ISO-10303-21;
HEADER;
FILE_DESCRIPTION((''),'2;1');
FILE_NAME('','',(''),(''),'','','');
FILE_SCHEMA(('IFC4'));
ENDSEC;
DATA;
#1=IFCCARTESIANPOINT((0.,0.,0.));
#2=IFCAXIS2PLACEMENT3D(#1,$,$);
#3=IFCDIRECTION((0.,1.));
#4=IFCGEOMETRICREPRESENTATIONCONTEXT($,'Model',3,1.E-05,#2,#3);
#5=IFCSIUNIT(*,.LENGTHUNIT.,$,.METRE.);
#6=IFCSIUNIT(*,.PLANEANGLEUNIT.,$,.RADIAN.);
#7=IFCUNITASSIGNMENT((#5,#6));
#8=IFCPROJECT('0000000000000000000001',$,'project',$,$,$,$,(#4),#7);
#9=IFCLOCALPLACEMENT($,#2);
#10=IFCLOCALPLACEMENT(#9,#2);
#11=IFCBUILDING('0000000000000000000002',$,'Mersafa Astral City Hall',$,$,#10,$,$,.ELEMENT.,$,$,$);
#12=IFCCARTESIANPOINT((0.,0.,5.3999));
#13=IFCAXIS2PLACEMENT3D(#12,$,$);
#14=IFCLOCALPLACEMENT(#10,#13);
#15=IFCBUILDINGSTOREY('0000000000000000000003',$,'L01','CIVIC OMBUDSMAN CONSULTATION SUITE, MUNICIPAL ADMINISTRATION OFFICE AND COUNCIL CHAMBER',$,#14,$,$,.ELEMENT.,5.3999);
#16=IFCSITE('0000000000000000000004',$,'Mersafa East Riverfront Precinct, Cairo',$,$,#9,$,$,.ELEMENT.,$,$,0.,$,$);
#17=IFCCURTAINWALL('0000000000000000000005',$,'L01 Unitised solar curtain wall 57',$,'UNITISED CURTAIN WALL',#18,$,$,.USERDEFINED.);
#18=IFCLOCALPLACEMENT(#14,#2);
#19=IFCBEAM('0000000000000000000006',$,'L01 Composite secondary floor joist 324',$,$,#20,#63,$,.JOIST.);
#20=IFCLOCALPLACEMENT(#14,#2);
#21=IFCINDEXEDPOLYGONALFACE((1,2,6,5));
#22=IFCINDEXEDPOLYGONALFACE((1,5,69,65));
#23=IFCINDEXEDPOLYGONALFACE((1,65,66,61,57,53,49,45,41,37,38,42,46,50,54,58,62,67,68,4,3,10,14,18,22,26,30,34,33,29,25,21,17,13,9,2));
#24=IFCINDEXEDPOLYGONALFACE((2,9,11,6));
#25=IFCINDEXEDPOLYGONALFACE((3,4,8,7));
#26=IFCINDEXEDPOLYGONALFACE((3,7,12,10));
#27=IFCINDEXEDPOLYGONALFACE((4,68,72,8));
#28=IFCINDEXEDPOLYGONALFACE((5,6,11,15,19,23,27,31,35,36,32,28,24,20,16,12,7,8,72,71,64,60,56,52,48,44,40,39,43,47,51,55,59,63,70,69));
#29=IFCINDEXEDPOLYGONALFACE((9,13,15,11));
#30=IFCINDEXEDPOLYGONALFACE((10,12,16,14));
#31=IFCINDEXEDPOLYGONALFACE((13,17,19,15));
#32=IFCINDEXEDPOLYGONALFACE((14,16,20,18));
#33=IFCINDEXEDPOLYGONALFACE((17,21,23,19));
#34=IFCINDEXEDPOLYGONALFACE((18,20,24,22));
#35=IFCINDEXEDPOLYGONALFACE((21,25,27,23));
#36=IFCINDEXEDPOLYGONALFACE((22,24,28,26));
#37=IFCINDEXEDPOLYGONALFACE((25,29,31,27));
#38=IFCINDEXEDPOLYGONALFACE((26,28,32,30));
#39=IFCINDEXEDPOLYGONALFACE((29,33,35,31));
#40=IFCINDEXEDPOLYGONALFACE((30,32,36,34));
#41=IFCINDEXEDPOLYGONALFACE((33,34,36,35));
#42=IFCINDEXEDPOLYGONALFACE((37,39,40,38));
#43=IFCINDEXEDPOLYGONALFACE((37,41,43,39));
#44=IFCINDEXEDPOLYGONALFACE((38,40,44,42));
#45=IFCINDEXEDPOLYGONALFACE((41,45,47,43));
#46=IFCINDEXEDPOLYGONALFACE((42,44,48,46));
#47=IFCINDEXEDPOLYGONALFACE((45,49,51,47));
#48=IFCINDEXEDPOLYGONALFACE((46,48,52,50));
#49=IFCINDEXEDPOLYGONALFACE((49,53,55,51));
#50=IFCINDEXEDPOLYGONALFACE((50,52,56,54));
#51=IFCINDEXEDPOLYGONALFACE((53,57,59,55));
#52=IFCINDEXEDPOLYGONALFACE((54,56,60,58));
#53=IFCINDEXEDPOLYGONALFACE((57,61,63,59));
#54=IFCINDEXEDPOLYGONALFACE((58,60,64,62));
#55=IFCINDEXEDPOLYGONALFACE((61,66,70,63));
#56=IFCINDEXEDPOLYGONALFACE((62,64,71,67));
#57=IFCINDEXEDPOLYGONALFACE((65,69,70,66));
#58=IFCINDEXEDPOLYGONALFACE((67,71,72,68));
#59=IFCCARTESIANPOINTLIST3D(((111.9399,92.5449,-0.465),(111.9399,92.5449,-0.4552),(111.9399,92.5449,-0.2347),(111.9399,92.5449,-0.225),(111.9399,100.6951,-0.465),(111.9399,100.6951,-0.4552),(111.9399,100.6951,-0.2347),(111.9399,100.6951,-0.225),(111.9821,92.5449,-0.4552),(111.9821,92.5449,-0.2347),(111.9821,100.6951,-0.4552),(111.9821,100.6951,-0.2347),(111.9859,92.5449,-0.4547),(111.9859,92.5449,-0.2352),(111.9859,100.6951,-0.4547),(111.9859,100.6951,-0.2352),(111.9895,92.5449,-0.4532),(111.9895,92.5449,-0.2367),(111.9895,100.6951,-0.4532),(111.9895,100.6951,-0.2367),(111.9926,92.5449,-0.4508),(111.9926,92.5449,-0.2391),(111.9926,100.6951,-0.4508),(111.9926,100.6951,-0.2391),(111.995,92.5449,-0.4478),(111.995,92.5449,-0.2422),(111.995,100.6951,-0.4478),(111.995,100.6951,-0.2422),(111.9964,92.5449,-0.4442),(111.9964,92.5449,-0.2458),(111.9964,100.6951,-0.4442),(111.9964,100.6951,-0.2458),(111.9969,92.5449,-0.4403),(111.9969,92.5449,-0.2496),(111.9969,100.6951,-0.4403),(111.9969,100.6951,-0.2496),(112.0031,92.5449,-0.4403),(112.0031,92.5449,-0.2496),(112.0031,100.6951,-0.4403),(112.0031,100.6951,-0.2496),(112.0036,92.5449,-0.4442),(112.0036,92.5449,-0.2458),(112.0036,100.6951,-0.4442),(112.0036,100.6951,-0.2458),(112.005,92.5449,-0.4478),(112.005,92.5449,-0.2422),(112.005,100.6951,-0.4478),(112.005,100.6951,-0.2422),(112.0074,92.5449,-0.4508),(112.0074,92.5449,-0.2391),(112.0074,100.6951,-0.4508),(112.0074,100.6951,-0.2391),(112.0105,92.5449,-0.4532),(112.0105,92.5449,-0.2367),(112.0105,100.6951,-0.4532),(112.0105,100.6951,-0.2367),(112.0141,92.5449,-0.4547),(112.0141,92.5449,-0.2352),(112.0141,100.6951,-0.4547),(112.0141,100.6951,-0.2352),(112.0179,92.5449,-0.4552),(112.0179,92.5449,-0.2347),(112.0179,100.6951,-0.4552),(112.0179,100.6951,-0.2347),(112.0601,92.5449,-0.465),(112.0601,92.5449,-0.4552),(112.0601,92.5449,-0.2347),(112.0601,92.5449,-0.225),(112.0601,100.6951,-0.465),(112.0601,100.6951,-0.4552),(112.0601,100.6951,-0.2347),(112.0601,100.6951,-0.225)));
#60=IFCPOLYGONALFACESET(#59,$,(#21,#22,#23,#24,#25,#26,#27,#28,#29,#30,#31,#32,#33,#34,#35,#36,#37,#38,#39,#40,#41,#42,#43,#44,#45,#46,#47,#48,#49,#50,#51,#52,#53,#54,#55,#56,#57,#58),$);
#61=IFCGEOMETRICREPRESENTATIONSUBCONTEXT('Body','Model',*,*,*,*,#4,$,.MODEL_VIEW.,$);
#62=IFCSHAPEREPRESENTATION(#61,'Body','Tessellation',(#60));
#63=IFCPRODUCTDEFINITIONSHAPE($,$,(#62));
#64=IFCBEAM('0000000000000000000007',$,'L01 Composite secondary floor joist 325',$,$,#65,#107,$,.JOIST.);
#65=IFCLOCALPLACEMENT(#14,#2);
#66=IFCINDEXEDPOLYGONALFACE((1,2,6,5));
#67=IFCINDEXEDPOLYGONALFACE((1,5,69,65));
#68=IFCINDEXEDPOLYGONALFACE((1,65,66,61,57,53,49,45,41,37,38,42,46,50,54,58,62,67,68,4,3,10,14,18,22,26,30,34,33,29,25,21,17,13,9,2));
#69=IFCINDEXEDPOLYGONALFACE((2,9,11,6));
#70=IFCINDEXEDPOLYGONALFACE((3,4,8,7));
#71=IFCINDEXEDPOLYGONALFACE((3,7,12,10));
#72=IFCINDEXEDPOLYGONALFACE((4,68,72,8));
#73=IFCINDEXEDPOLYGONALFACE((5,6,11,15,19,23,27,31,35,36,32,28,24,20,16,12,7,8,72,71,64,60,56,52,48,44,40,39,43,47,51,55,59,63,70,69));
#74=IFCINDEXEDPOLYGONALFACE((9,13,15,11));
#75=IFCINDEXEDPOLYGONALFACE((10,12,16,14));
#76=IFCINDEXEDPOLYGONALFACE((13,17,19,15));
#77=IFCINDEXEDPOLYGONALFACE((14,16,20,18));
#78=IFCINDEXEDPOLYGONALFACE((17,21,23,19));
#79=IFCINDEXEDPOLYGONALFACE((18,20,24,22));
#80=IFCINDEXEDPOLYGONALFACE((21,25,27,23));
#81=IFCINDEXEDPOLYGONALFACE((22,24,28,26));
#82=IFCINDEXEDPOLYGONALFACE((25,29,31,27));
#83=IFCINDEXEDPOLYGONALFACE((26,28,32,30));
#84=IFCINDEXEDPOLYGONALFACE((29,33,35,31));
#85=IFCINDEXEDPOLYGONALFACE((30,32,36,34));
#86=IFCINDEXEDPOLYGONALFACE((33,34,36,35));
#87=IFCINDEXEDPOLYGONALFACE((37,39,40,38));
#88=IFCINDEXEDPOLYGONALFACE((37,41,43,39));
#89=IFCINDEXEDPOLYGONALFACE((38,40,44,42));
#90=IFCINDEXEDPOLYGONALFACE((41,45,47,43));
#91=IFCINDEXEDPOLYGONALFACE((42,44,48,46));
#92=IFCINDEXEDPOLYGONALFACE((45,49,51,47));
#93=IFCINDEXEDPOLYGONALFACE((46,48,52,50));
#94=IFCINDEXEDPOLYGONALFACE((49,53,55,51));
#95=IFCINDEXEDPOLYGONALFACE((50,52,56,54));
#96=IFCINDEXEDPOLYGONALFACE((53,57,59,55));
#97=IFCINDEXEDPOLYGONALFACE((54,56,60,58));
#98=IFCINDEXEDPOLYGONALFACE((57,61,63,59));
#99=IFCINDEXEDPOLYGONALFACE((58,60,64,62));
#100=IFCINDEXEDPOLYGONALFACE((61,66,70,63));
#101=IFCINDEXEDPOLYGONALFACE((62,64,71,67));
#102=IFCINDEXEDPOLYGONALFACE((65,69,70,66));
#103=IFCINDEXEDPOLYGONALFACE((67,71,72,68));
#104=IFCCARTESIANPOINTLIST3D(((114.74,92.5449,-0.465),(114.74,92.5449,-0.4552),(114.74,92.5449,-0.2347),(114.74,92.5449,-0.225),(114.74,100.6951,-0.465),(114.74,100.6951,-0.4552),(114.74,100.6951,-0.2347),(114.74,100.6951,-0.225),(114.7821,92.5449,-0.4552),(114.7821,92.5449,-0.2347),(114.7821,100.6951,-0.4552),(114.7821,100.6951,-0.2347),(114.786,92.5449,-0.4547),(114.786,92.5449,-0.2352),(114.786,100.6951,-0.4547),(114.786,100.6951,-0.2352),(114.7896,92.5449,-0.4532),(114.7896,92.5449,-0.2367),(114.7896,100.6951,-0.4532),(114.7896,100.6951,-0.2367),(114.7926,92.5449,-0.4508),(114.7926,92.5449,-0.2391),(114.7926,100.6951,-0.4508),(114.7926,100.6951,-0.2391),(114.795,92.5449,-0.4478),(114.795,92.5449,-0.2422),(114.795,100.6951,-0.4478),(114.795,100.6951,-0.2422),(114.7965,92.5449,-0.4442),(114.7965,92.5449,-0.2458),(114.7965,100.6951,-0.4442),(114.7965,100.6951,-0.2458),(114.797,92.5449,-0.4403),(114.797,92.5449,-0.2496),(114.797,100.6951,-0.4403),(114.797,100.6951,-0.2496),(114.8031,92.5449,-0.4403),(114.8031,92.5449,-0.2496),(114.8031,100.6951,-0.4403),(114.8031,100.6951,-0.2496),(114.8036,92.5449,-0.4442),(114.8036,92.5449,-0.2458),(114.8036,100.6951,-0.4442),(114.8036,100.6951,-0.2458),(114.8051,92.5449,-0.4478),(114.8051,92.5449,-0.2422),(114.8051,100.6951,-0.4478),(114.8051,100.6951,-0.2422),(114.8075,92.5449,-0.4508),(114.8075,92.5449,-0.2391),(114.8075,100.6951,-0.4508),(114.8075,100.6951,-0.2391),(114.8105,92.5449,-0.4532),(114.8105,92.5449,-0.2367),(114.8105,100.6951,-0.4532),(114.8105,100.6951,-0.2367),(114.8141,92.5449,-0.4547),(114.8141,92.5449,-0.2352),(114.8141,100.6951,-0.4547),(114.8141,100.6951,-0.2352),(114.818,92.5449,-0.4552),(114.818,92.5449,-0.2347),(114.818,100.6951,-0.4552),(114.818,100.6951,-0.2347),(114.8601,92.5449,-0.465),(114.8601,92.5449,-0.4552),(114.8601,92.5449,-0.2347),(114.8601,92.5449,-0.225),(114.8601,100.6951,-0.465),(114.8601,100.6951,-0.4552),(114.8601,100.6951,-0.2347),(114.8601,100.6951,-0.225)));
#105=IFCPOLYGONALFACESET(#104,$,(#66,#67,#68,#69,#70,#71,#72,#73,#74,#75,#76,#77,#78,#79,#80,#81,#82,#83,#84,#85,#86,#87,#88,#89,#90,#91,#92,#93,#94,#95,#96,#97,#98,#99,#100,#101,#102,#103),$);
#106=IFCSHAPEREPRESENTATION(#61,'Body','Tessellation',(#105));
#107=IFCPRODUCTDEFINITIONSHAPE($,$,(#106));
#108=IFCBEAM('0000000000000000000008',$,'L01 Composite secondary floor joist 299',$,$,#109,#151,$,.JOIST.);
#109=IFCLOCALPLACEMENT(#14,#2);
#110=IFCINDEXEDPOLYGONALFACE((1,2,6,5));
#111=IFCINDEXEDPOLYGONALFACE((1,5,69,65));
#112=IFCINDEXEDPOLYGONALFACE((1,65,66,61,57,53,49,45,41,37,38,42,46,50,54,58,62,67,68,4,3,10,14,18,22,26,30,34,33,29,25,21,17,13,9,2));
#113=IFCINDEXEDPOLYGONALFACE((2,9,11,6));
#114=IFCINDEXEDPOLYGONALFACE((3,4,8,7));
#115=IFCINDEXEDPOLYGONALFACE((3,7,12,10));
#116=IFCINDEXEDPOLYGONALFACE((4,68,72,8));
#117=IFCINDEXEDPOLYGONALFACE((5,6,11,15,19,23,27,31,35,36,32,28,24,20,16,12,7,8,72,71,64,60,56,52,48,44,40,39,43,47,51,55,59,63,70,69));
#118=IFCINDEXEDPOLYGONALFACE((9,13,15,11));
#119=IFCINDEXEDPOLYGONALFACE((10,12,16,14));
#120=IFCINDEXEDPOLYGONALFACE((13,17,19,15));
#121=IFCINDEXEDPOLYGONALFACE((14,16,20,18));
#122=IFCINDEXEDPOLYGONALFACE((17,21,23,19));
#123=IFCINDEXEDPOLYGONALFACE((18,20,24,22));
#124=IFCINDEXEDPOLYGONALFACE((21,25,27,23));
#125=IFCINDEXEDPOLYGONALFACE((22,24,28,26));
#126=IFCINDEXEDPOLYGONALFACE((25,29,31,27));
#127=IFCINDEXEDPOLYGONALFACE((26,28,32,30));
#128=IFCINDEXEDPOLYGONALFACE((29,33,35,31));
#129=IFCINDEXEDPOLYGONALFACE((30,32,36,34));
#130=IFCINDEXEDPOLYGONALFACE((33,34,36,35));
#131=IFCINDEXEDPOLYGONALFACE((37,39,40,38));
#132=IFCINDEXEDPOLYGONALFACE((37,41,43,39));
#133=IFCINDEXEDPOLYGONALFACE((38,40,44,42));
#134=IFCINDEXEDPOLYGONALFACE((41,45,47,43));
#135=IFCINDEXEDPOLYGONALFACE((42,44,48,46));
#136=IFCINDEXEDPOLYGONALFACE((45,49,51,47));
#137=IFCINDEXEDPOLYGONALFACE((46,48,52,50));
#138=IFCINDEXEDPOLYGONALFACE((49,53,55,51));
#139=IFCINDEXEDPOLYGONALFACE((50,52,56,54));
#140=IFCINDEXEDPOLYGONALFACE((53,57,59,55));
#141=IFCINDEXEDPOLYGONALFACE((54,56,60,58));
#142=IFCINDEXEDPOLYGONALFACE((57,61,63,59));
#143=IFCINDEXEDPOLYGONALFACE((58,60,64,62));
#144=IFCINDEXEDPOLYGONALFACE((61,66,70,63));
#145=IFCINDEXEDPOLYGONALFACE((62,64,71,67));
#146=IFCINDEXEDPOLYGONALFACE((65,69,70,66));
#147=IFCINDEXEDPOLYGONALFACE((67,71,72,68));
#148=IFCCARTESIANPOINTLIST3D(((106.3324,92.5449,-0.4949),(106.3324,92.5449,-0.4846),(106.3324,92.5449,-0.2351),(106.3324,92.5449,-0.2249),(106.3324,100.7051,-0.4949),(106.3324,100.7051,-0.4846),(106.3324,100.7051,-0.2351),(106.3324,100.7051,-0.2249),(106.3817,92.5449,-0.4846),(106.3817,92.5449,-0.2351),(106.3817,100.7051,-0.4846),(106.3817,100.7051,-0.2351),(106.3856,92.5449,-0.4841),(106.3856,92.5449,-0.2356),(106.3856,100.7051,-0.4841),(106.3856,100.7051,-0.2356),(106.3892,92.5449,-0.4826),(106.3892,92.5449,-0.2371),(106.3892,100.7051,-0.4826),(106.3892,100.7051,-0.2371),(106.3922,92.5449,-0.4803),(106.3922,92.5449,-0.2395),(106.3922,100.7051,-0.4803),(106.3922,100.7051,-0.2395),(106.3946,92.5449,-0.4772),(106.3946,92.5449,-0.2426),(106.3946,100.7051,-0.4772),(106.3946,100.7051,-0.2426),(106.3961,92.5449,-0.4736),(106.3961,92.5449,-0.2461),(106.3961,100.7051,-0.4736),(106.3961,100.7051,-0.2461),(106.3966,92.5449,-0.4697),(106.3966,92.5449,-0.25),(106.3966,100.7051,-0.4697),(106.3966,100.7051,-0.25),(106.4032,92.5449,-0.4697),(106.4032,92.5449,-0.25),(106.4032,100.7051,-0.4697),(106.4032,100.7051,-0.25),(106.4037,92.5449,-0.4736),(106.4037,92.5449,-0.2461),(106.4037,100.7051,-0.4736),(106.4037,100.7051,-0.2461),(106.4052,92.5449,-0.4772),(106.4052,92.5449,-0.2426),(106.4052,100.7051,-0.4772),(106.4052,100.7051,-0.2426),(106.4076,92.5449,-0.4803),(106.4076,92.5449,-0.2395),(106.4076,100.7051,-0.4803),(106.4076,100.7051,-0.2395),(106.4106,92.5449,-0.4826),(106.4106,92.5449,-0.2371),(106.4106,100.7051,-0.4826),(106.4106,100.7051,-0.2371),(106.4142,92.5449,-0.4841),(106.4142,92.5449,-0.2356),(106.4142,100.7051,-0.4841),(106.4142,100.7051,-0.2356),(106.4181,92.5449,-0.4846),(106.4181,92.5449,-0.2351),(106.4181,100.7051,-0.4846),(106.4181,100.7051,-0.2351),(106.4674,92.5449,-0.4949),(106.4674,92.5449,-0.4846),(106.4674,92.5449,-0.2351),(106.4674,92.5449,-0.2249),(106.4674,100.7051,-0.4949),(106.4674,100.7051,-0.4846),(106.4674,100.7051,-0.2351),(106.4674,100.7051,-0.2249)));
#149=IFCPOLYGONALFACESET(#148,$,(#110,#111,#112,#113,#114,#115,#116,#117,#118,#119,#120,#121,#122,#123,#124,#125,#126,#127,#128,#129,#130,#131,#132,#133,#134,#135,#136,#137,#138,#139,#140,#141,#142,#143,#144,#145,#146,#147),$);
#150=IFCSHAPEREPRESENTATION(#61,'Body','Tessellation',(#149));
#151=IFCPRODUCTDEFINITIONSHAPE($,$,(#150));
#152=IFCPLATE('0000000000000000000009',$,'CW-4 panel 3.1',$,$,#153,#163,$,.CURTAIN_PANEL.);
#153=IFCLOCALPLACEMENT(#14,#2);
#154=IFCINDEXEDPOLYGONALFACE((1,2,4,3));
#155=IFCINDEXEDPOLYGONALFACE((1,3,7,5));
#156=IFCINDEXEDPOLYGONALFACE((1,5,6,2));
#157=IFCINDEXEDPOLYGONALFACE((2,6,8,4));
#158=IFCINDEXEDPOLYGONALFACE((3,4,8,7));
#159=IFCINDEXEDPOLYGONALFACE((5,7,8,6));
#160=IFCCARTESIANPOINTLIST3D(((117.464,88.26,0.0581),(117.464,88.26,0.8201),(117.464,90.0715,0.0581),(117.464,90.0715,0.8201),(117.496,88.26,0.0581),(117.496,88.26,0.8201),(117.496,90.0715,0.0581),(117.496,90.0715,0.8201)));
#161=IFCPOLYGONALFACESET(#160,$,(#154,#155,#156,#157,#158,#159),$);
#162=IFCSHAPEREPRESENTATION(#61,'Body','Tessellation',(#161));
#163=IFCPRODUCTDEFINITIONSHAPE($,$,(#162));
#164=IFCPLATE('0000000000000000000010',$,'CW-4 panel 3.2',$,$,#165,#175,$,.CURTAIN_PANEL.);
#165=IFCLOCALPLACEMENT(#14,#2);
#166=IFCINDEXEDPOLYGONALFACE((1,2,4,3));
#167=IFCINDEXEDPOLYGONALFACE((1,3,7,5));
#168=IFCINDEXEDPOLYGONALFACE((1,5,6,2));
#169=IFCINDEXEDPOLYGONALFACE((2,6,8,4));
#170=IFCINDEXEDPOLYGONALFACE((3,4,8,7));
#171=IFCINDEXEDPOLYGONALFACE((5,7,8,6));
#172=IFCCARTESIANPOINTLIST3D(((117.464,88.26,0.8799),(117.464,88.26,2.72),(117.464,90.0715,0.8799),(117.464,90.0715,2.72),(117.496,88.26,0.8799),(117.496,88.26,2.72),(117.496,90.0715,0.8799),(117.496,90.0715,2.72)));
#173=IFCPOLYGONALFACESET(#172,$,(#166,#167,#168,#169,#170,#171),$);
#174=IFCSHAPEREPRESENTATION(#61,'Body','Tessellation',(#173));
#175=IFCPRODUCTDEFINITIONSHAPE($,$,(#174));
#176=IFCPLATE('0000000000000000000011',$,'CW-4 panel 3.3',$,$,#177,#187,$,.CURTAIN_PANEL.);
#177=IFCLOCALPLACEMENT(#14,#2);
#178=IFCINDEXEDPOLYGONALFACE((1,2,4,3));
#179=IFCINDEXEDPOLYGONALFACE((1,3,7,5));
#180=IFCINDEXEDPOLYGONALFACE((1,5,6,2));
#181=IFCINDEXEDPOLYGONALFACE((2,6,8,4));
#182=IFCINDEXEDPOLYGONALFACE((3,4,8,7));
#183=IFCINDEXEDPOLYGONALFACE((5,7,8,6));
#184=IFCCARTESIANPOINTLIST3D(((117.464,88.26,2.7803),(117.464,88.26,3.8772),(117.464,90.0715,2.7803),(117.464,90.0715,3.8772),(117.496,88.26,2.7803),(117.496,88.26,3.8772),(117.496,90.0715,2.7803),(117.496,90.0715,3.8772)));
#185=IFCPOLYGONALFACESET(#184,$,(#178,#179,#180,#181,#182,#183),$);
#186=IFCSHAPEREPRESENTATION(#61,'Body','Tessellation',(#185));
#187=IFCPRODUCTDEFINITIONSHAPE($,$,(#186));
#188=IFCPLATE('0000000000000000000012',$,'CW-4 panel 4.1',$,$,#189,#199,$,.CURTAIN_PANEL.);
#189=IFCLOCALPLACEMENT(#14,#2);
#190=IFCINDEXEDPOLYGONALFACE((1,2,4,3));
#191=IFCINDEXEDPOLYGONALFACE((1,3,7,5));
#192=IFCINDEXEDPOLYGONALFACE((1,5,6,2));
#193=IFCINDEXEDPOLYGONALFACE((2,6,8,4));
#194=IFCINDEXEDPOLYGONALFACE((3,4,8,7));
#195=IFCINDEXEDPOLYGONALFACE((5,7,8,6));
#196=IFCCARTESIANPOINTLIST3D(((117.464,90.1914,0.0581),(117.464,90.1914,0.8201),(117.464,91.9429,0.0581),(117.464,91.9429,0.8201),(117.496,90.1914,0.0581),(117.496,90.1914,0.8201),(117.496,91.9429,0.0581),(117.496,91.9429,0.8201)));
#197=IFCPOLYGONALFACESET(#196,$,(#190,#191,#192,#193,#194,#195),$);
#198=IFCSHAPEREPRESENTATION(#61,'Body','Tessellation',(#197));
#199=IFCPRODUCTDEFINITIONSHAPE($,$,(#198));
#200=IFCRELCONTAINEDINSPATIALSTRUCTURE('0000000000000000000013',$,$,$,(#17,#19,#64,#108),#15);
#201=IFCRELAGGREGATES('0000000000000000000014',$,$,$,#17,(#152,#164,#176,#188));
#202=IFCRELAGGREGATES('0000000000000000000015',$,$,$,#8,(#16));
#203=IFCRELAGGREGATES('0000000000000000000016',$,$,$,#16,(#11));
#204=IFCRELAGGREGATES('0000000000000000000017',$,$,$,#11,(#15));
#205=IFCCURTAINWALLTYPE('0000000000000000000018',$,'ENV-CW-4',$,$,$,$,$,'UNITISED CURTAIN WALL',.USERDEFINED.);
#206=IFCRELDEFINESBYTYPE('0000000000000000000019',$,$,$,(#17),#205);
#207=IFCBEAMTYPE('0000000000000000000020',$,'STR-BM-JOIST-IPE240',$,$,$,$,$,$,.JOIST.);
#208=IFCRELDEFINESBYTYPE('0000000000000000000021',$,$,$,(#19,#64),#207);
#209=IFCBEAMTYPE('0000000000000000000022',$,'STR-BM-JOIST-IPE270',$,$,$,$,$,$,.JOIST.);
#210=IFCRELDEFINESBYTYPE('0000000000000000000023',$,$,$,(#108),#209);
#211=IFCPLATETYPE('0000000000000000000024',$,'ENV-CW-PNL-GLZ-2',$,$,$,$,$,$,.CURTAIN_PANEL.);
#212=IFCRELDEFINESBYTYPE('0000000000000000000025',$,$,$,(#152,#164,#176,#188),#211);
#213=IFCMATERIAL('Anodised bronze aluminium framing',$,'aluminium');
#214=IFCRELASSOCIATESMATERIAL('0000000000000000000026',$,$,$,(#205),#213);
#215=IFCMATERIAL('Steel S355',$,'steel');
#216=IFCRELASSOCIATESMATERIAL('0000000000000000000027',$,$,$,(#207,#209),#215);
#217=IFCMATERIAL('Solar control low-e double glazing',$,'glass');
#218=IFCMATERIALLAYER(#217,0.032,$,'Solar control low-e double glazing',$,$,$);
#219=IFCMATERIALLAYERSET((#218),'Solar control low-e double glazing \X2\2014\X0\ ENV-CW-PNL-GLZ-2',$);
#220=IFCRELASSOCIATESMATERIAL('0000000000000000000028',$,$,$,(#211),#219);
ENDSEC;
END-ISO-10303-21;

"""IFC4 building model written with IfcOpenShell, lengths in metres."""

from ifc_helpers import new_model, si_unit, direction, frame, origin, origin_2d, place, context, subcontext, project, spatial, rectangle, i_section, extrude, material, layer, layer_set, material_profile, profile_set, type_object, element, aggregate, save


model = new_model("IFC4")

# Units and contexts
model_context = context("Model", 3, precision=1e-05, world=origin(), true_north=direction((0.0, 1.0)))
body_context = subcontext(model_context, "Body", "Model", "MODEL_VIEW")
ifc_project = project(units=[si_unit("LENGTHUNIT", "METRE"), si_unit("PLANEANGLEUNIT", "RADIAN")], contexts=[model_context])

# Site, building, storey
site_placement = place(None, origin())
site = spatial("IfcSite", under=ifc_project, at=site_placement, Name="Mersafa East Riverfront Precinct, Cairo", CompositionType="ELEMENT", RefElevation=0.0)
building_placement = place(site_placement, origin())
building = spatial("IfcBuilding", under=site, at=building_placement, Name="Mersafa Astral City Hall", CompositionType="ELEMENT")
storey_placement = place(building_placement, frame((0.0, 0.0, 5.3999)))
storey = spatial("IfcBuildingStorey", under=building, at=storey_placement, Name="L01", Description="CIVIC OMBUDSMAN CONSULTATION SUITE, MUNICIPAL ADMINISTRATION OFFICE AND COUNCIL CHAMBER", CompositionType="ELEMENT", Elevation=5.3999)

# Shared definitions
ifc_material_1 = material(Name="Steel S355", Category="steel")

# Curtain wall
ifc_material_2 = material(Name="Anodised bronze aluminium framing", Category="aluminium")
curtain_wall_type = type_object("IfcCurtainWallType", Name="ENV-CW-4", ElementType="UNITISED CURTAIN WALL", PredefinedType="USERDEFINED", material=ifc_material_2)
curtain_wall_placement = place(storey_placement, origin())
curtain_wall = element("IfcCurtainWall", 1, at=curtain_wall_placement, inside=storey, type_object=curtain_wall_type, Name="L01 Unitised solar curtain wall 57", ObjectType="UNITISED CURTAIN WALL", PredefinedType="USERDEFINED")

# Beams
ifc_material_profile_1 = material_profile(ifc_material_1, i_section(OverallWidth=0.1201, OverallDepth=0.24, WebThickness=0.0061, FlangeThickness=0.0098, FilletRadius=0.0149, at=origin_2d()), Name="IPE 240")
ifc_profile_set_1 = profile_set([ifc_material_profile_1], Name="Steel S355")
beam_type_1 = type_object("IfcBeamType", Name="STR-BM-JOIST-IPE240", PredefinedType="JOIST", material=ifc_profile_set_1)
for number, where, z_axis, x_axis, name in (
    (2, (112.0, 92.5449, -0.345), (0.0, 1.0, 0.0), (-1.0, 0.0, 0.0), "L01 Composite secondary floor joist 324"),
    (3, (114.8, 92.5449, -0.345), (0.0, 1.0, 0.0), (-1.0, 0.0, 0.0), "L01 Composite secondary floor joist 325"),
):
    element("IfcBeam", number, at=place(storey_placement, frame(where, z_axis=z_axis, x_axis=x_axis)), inside=storey, type_object=beam_type_1, Name=name, PredefinedType="JOIST", context=body_context, shape_type="SweptSolid", body=[
        extrude(i_section(OverallWidth=0.1201, OverallDepth=0.24, WebThickness=0.0061, FlangeThickness=0.0098, FilletRadius=0.0149, at=origin_2d()), origin(), (0.0, 0.0, 1.0), 8.1501),
    ])
ifc_material_profile_2 = material_profile(ifc_material_1, i_section(OverallWidth=0.135, OverallDepth=0.27, WebThickness=0.0066, FlangeThickness=0.0103, FilletRadius=0.0149, at=origin_2d()), Name="IPE 270")
ifc_profile_set_2 = profile_set([ifc_material_profile_2], Name="Steel S355")
beam_type_2 = type_object("IfcBeamType", Name="STR-BM-JOIST-IPE270", PredefinedType="JOIST", material=ifc_profile_set_2)
beam_1_placement = place(storey_placement, frame((106.3999, 92.5449, -0.3599), z_axis=(0.0, 1.0, 0.0), x_axis=(-1.0, 0.0, 0.0)))
element("IfcBeam", 4, at=beam_1_placement, inside=storey, type_object=beam_type_2, Name="L01 Composite secondary floor joist 299", PredefinedType="JOIST", context=body_context, shape_type="SweptSolid", body=[
    extrude(i_section(OverallWidth=0.135, OverallDepth=0.27, WebThickness=0.0066, FlangeThickness=0.0103, FilletRadius=0.0149, at=origin_2d()), origin(), (0.0, 0.0, 1.0), 8.1602),
])

# Plates
ifc_material_3 = material(Name="Solar control low-e double glazing", Category="glass")
ifc_layer_1 = layer(ifc_material_3, 0.032, Name="Solar control low-e double glazing")
ifc_layer_set_1 = layer_set([ifc_layer_1], Name="Solar control low-e double glazing — ENV-CW-PNL-GLZ-2")
plate_type = type_object("IfcPlateType", Name="ENV-CW-PNL-GLZ-2", PredefinedType="CURTAIN_PANEL", material=ifc_layer_set_1)
plate_1_placement = place(storey_placement, frame((117.48, 89.1658, 0.0581), z_axis=(0.0, 0.0, 1.0), x_axis=(0.0, 1.0, 0.0)))
plate_1 = element("IfcPlate", 5, at=plate_1_placement, type_object=plate_type, Name="CW-4 panel 3.1", PredefinedType="CURTAIN_PANEL", context=body_context, shape_type="SweptSolid", body=[
    extrude(rectangle(XDim=1.8115, YDim=0.032, at=origin_2d()), origin(), (0.0, 0.0, 1.0), 0.762),
])
plate_2_placement = place(storey_placement, frame((117.48, 89.1658, 0.8799), z_axis=(0.0, 0.0, 1.0), x_axis=(0.0, 1.0, 0.0)))
plate_2 = element("IfcPlate", 6, at=plate_2_placement, type_object=plate_type, Name="CW-4 panel 3.2", PredefinedType="CURTAIN_PANEL", context=body_context, shape_type="SweptSolid", body=[
    extrude(rectangle(XDim=1.8115, YDim=0.032, at=origin_2d()), origin(), (0.0, 0.0, 1.0), 1.8401),
])
plate_3_placement = place(storey_placement, frame((117.48, 89.1658, 2.7803), z_axis=(0.0, 0.0, 1.0), x_axis=(0.0, 1.0, 0.0)))
plate_3 = element("IfcPlate", 7, at=plate_3_placement, type_object=plate_type, Name="CW-4 panel 3.3", PredefinedType="CURTAIN_PANEL", context=body_context, shape_type="SweptSolid", body=[
    extrude(rectangle(XDim=1.8115, YDim=0.032, at=origin_2d()), origin(), (0.0, 0.0, 1.0), 1.0969),
])
plate_4_placement = place(storey_placement, frame((117.48, 91.0671, 0.0581), z_axis=(0.0, 0.0, 1.0), x_axis=(0.0, 1.0, 0.0)))
plate_4 = element("IfcPlate", 8, at=plate_4_placement, type_object=plate_type, Name="CW-4 panel 4.1", PredefinedType="CURTAIN_PANEL", context=body_context, shape_type="SweptSolid", body=[
    extrude(rectangle(XDim=1.7515, YDim=0.032, at=origin_2d()), origin(), (0.0, 0.0, 1.0), 0.762),
])
aggregate(curtain_wall, [plate_1, plate_2, plate_3, plate_4])

save(model, "model.ifc")
